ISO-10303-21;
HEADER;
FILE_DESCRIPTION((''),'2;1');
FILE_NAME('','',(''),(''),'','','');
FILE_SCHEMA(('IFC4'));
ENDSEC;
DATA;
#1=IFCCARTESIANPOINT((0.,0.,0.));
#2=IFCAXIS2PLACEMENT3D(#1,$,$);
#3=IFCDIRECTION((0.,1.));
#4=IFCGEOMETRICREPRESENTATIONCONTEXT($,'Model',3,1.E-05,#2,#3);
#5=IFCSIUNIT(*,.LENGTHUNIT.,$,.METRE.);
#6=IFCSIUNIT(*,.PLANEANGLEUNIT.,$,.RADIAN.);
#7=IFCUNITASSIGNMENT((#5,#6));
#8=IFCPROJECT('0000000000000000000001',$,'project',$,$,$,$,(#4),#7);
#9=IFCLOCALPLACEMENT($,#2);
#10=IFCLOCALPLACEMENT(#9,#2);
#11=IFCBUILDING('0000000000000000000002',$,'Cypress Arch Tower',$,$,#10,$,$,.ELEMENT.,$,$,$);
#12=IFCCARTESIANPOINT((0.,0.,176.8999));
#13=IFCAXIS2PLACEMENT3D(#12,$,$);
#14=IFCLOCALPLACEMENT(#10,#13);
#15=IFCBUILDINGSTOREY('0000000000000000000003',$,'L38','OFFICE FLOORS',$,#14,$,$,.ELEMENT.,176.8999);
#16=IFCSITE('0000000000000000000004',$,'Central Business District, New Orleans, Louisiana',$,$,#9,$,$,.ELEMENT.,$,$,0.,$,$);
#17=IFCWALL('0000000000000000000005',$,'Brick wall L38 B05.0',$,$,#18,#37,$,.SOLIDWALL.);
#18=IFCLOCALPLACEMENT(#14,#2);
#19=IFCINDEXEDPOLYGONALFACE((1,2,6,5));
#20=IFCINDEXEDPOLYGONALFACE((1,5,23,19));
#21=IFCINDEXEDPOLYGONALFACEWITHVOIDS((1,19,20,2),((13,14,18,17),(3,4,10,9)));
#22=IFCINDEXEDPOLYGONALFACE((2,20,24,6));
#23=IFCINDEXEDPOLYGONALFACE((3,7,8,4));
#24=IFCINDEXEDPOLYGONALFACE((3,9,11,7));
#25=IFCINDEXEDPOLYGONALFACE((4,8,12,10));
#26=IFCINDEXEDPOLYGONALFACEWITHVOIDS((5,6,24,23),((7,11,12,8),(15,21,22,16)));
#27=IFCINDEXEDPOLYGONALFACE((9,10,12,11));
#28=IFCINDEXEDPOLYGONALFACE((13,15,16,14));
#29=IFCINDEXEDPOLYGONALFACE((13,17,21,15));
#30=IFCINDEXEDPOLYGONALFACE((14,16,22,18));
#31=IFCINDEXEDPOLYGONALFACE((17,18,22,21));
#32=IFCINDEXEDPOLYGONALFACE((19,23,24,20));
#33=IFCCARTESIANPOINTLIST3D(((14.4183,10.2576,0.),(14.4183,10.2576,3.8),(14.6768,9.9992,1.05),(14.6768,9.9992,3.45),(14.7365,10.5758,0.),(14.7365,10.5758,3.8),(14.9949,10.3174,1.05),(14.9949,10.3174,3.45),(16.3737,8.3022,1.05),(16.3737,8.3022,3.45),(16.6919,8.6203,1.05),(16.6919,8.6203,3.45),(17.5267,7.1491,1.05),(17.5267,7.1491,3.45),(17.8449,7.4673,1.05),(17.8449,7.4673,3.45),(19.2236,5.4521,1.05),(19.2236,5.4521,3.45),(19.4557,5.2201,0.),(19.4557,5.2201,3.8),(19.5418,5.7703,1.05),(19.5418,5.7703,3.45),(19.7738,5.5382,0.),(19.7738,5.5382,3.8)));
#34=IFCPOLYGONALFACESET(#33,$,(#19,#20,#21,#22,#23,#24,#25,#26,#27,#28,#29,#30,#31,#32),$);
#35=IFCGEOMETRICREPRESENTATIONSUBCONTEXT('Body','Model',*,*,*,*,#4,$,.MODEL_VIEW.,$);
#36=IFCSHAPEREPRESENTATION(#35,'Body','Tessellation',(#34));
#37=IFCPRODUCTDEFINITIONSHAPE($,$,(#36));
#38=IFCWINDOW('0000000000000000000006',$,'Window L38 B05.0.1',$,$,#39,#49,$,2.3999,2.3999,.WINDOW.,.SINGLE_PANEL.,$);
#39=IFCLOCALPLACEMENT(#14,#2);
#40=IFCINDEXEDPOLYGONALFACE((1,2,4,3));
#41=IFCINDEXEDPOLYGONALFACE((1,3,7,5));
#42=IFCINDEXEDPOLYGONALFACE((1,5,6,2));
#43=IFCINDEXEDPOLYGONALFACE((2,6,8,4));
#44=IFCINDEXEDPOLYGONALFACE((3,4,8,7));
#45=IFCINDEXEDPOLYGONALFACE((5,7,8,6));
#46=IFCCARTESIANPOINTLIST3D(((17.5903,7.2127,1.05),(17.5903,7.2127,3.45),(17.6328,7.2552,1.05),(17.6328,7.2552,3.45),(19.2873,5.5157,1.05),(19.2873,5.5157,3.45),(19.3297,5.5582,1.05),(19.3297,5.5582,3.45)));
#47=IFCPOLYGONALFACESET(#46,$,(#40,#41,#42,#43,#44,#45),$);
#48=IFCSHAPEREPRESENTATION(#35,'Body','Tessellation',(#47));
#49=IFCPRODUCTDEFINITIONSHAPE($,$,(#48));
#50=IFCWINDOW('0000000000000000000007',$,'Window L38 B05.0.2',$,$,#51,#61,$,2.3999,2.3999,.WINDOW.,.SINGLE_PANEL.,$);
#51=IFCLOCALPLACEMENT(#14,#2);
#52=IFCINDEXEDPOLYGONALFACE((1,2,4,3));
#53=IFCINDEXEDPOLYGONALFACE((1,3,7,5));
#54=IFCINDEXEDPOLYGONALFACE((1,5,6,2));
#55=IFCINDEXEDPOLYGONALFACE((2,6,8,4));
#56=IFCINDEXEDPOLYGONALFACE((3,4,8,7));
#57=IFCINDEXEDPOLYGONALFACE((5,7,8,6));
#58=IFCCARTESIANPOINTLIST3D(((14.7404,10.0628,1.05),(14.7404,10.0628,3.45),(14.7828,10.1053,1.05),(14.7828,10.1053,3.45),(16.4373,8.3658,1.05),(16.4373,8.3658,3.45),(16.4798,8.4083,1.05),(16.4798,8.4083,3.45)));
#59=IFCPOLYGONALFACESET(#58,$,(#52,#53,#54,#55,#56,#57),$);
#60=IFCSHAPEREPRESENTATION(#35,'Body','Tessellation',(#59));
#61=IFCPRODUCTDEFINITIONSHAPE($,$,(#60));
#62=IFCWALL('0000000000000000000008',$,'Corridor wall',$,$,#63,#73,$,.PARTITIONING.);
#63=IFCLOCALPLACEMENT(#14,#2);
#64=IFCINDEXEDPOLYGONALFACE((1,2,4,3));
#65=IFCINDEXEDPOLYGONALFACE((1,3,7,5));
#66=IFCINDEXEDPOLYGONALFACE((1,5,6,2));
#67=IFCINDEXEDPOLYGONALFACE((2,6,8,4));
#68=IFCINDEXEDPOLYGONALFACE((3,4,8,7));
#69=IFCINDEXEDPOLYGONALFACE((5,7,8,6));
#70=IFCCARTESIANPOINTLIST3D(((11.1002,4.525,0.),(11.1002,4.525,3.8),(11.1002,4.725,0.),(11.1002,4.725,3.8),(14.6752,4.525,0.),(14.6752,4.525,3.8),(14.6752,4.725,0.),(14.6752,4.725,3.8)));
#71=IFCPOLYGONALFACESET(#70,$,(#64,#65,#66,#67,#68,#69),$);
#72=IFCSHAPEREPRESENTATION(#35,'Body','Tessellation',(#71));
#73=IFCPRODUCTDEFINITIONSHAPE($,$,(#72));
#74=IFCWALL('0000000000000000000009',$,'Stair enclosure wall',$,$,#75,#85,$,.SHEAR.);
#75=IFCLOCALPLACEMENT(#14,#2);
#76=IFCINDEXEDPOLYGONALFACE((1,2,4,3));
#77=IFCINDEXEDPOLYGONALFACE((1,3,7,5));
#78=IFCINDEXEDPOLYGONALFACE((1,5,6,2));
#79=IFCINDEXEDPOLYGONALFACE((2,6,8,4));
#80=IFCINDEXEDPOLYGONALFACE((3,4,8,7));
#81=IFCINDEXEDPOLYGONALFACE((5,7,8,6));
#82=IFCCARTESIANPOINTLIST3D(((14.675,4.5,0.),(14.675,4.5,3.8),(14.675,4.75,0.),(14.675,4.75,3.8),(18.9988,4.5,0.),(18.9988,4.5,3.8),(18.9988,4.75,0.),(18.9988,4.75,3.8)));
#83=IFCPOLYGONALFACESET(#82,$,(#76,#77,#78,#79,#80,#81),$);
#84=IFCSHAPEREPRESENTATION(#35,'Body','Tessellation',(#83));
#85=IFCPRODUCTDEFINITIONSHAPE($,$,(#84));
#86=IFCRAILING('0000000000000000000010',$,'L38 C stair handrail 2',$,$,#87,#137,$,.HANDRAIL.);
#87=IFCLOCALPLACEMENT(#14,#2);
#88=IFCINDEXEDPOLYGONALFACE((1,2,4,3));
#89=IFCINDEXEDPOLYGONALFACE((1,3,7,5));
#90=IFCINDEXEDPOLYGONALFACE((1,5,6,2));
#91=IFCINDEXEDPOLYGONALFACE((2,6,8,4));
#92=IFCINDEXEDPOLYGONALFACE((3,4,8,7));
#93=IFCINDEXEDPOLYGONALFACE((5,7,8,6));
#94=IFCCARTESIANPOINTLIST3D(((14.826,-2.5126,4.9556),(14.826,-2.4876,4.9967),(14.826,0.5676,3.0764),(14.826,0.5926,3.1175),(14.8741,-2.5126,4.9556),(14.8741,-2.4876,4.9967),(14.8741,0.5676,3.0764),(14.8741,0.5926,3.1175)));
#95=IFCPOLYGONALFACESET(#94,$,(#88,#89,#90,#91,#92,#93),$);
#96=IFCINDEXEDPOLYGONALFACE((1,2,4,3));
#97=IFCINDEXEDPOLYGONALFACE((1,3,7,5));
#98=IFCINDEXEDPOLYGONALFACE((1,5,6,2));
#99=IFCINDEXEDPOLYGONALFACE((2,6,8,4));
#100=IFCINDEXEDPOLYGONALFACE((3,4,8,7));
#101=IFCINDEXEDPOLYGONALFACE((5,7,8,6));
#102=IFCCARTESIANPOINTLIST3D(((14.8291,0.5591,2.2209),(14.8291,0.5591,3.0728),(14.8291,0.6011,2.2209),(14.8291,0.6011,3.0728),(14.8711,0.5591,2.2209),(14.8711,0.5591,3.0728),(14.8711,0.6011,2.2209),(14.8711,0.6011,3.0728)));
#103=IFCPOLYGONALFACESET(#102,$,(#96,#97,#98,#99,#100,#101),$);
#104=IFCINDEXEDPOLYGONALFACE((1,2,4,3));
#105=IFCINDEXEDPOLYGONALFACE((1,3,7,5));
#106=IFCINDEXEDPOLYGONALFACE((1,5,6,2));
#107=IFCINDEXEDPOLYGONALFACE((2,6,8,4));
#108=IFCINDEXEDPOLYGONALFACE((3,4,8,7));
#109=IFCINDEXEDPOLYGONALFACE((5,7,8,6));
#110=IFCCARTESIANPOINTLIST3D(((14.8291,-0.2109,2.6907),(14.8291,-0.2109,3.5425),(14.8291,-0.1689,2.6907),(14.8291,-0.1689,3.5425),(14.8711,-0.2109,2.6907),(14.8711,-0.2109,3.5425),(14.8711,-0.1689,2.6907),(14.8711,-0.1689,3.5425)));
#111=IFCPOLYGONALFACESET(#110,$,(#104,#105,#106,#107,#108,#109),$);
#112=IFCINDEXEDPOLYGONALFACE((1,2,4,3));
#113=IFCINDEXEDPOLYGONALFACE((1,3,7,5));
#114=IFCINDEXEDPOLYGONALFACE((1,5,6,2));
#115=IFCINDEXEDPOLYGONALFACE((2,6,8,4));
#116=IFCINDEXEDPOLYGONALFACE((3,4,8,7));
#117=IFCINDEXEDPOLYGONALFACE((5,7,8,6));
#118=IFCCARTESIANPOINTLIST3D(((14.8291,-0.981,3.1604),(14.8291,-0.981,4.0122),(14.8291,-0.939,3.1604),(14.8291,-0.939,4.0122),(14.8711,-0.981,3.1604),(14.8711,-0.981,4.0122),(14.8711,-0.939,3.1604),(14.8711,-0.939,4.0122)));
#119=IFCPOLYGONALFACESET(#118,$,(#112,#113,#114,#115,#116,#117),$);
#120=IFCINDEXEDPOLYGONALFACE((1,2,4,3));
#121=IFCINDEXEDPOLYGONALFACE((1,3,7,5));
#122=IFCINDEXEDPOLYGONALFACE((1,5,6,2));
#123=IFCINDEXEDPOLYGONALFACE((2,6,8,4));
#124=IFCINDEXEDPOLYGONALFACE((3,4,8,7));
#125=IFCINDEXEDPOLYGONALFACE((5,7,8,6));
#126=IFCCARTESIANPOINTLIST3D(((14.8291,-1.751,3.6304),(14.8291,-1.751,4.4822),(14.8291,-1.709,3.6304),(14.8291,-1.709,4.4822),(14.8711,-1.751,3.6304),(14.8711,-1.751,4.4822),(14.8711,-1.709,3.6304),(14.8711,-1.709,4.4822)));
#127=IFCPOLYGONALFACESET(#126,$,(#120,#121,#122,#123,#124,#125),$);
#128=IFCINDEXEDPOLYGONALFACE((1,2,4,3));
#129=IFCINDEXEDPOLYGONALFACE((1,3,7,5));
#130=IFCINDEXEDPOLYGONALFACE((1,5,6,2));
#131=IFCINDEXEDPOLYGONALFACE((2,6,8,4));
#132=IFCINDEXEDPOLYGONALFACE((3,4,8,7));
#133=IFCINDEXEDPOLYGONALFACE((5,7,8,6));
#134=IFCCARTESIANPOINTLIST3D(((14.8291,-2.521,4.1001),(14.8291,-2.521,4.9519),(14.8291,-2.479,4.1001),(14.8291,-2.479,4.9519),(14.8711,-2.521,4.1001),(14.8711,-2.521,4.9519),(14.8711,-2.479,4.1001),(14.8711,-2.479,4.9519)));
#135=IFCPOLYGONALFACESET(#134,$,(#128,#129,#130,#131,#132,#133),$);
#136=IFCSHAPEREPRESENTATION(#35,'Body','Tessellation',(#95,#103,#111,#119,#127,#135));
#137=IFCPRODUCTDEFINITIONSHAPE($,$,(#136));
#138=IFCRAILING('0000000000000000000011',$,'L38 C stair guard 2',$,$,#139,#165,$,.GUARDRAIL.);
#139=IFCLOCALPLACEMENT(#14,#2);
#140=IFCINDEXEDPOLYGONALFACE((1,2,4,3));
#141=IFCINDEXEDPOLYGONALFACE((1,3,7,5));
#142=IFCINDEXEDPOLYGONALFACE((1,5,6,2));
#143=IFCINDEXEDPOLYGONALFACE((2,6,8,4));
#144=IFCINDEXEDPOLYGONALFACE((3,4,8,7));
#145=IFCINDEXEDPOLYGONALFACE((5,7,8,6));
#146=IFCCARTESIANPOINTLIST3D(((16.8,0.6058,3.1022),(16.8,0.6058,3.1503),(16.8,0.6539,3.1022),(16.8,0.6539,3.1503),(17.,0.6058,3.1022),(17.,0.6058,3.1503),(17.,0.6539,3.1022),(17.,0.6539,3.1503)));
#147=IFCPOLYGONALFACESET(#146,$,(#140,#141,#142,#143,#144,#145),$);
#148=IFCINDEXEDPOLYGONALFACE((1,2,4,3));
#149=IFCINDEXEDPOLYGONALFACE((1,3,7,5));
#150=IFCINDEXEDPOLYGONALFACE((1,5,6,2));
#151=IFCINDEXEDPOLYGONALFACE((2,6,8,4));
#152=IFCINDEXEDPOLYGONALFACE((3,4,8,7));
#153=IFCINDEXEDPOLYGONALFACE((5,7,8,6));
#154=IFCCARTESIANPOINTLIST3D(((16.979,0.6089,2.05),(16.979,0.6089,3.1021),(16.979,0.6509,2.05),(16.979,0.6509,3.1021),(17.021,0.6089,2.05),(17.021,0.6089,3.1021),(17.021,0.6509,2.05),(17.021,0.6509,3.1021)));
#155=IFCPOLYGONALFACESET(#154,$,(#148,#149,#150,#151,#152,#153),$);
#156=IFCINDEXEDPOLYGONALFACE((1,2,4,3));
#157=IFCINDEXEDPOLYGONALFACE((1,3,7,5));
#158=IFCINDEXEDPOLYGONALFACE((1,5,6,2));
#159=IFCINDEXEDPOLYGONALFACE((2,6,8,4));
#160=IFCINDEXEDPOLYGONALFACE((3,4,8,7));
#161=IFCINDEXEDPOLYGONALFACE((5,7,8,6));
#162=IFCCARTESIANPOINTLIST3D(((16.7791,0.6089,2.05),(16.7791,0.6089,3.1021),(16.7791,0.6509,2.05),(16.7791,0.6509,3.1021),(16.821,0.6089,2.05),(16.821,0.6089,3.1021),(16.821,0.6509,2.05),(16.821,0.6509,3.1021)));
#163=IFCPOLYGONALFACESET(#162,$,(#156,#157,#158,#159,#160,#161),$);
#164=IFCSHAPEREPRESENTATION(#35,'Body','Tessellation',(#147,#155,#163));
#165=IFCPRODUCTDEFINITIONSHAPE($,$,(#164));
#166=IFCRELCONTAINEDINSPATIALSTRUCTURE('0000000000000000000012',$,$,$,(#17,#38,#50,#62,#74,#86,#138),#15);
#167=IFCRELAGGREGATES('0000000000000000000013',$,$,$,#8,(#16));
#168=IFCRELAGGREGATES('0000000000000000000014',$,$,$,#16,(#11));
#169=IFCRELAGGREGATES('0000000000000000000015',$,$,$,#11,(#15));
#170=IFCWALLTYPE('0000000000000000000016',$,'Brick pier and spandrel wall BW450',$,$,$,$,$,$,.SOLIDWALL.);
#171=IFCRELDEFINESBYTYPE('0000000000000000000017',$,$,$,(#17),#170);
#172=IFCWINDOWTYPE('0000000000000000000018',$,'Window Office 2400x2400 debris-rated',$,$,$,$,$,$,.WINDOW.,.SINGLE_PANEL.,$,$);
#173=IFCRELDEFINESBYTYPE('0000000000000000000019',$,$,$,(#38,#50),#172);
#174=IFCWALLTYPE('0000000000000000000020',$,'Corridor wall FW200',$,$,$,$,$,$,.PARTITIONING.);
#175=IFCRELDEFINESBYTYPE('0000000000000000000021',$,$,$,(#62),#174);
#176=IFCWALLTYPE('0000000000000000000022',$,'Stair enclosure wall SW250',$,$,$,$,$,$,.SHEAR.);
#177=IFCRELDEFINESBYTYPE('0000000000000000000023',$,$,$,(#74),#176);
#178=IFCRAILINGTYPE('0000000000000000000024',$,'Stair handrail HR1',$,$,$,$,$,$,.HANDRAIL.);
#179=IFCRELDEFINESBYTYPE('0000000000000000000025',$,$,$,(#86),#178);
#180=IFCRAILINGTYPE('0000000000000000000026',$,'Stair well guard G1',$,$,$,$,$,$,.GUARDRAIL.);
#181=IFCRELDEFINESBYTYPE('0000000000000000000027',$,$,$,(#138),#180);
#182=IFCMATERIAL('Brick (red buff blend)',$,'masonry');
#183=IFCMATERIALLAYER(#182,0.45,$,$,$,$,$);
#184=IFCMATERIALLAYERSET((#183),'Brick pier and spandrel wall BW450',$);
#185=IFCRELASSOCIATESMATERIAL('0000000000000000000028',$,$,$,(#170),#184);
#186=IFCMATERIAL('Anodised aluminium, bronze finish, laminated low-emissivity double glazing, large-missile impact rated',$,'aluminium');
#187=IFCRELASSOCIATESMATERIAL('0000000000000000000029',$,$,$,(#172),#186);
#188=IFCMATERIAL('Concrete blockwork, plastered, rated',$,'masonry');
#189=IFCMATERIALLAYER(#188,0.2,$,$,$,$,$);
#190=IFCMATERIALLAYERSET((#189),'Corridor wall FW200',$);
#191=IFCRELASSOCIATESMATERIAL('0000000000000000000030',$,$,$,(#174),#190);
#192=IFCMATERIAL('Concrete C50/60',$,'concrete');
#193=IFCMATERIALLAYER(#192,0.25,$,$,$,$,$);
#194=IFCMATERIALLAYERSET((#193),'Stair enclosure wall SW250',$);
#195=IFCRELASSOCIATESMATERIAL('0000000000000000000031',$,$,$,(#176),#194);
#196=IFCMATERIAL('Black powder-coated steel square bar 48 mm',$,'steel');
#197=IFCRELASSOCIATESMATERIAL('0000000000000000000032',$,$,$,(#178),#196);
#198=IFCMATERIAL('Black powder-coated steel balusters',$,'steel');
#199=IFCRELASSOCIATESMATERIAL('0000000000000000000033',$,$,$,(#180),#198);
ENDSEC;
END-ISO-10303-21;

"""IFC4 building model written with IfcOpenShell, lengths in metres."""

from ifc_helpers import new_model, si_unit, direction, frame, frame_2d, origin, origin_2d, place, context, subcontext, project, spatial, rectangle, extrude, material, layer, layer_set, type_object, element, fill, save


model = new_model("IFC4")

# Units and contexts
model_context = context("Model", 3, precision=1e-05, world=origin(), true_north=direction((0.0, 1.0)))
body_context = subcontext(model_context, "Body", "Model", "MODEL_VIEW")
ifc_project = project(units=[si_unit("LENGTHUNIT", "METRE"), si_unit("PLANEANGLEUNIT", "RADIAN")], contexts=[model_context])

# Site, building, storey
site_placement = place(None, origin())
site = spatial("IfcSite", under=ifc_project, at=site_placement, Name="Central Business District, New Orleans, Louisiana", CompositionType="ELEMENT", RefElevation=0.0)
building_placement = place(site_placement, origin())
building = spatial("IfcBuilding", under=site, at=building_placement, Name="Cypress Arch Tower", CompositionType="ELEMENT")
storey_placement = place(building_placement, frame((0.0, 0.0, 176.8999)))
storey = spatial("IfcBuildingStorey", under=building, at=storey_placement, Name="L38", Description="OFFICE FLOORS", CompositionType="ELEMENT", Elevation=176.8999)

# Wall, openings, windows
ifc_material_1 = material(Name="Brick (red buff blend)", Category="masonry")
ifc_layer_1 = layer(ifc_material_1, 0.45)
ifc_layer_set_1 = layer_set([ifc_layer_1], Name="Brick pier and spandrel wall BW450")
wall_type_1 = type_object("IfcWallType", Name="Brick pier and spandrel wall BW450", PredefinedType="SOLIDWALL", material=ifc_layer_set_1)
wall_1_placement = place(storey_placement, frame((19.6147, 5.3792, 0.0), z_axis=(0.0, 0.0, 1.0), x_axis=(-0.70709, 0.707124, 0.0)))
wall_1 = element("IfcWall", 1, at=wall_1_placement, inside=storey, type_object=wall_type_1, Name="Brick wall L38 B05.0", PredefinedType="SOLIDWALL", context=body_context, shape_type="SweptSolid", body=[
    extrude(rectangle(XDim=7.124, YDim=0.45, at=frame_2d((3.562, 0.0))), origin(), (0.0, 0.0, 1.0), 3.8),
])
opening_1_placement = place(wall_1_placement, frame((0.3281, 0.0, 1.05)))
opening_1 = element("IfcOpeningElement", 2, at=opening_1_placement, cuts=wall_1, PredefinedType="OPENING", context=body_context, shape_type="SweptSolid", body=[
    extrude(rectangle(XDim=2.3999, YDim=2.3999, at=frame_2d((1.2, 1.2))), frame((0.0, 0.2349, 0.0), z_axis=(0.0, -1.0, 0.0), x_axis=(1.0, 0.0, 0.0)), (0.0, 0.0, 1.0), 0.47),
])
opening_2_placement = place(wall_1_placement, frame((4.3586, 0.0, 1.05)))
opening_2 = element("IfcOpeningElement", 3, at=opening_2_placement, cuts=wall_1, PredefinedType="OPENING", context=body_context, shape_type="SweptSolid", body=[
    extrude(rectangle(XDim=2.3999, YDim=2.3999, at=frame_2d((1.2, 1.2))), frame((0.0, 0.2349, 0.0), z_axis=(0.0, -1.0, 0.0), x_axis=(1.0, 0.0, 0.0)), (0.0, 0.0, 1.0), 0.47),
])
ifc_material_2 = material(Name="Anodised aluminium, bronze finish, laminated low-emissivity double glazing, large-missile impact rated", Category="aluminium")
window_type = type_object("IfcWindowType", Name="Window Office 2400x2400 debris-rated", PartitioningType="SINGLE_PANEL", PredefinedType="WINDOW", material=ifc_material_2)
window_1_placement = place(opening_1_placement, origin())
window_1 = element("IfcWindow", 4, at=window_1_placement, inside=storey, type_object=window_type, Name="Window L38 B05.0.1", OverallHeight=2.3999, OverallWidth=2.3999, PartitioningType="SINGLE_PANEL", PredefinedType="WINDOW", context=body_context, shape_type="SweptSolid", body=[
    extrude(rectangle(XDim=2.3999, YDim=2.3999, at=frame_2d((1.2, 1.2))), frame((0.0, 0.135, 0.0), z_axis=(0.0, -1.0, 0.0), x_axis=(1.0, 0.0, 0.0)), (0.0, 0.0, 1.0), 0.0601),
])
fill(opening_1, window_1)
window_2_placement = place(opening_2_placement, origin())
window_2 = element("IfcWindow", 5, at=window_2_placement, inside=storey, type_object=window_type, Name="Window L38 B05.0.2", OverallHeight=2.3999, OverallWidth=2.3999, PartitioningType="SINGLE_PANEL", PredefinedType="WINDOW", context=body_context, shape_type="SweptSolid", body=[
    extrude(rectangle(XDim=2.3999, YDim=2.3999, at=frame_2d((1.2, 1.2))), frame((0.0, 0.135, 0.0), z_axis=(0.0, -1.0, 0.0), x_axis=(1.0, 0.0, 0.0)), (0.0, 0.0, 1.0), 0.0601),
])
fill(opening_2, window_2)

# Walls
ifc_material_3 = material(Name="Concrete blockwork, plastered, rated", Category="masonry")
ifc_layer_2 = layer(ifc_material_3, 0.2)
ifc_layer_set_2 = layer_set([ifc_layer_2], Name="Corridor wall FW200")
wall_type_2 = type_object("IfcWallType", Name="Corridor wall FW200", PredefinedType="PARTITIONING", material=ifc_layer_set_2)
wall_2_placement = place(storey_placement, frame((11.1001, 4.625, 0.0), z_axis=(0.0, 0.0, 1.0), x_axis=(1.0, 0.0, 0.0)))
element("IfcWall", 6, at=wall_2_placement, inside=storey, type_object=wall_type_2, Name="Corridor wall", PredefinedType="PARTITIONING", context=body_context, shape_type="SweptSolid", body=[
    extrude(rectangle(XDim=3.575, YDim=0.2, at=frame_2d((1.7876, 0.0))), origin(), (0.0, 0.0, 1.0), 3.8),
])
ifc_material_4 = material(Name="Concrete C50/60", Category="concrete")
ifc_layer_3 = layer(ifc_material_4, 0.25)
ifc_layer_set_3 = layer_set([ifc_layer_3], Name="Stair enclosure wall SW250")
wall_type_3 = type_object("IfcWallType", Name="Stair enclosure wall SW250", PredefinedType="SHEAR", material=ifc_layer_set_3)
wall_3_placement = place(storey_placement, frame((14.675, 4.625, 0.0), z_axis=(0.0, 0.0, 1.0), x_axis=(1.0, 0.0, 0.0)))
element("IfcWall", 7, at=wall_3_placement, inside=storey, type_object=wall_type_3, Name="Stair enclosure wall", PredefinedType="SHEAR", context=body_context, shape_type="SweptSolid", body=[
    extrude(rectangle(XDim=4.3237, YDim=0.25, at=frame_2d((2.1619, 0.0))), origin(), (0.0, 0.0, 1.0), 3.8),
])

# Railings
ifc_material_5 = material(Name="Black powder-coated steel square bar 48 mm", Category="steel")
railing_type_1 = type_object("IfcRailingType", Name="Stair handrail HR1", PredefinedType="HANDRAIL", material=ifc_material_5)
railing_1_placement = place(storey_placement, frame((14.8501, 0.5801, 2.2209)))
element("IfcRailing", 8, at=railing_1_placement, inside=storey, type_object=railing_type_1, Name="L38 C stair handrail 2", PredefinedType="HANDRAIL", context=body_context, shape_type="SweptSolid", body=[
    extrude(rectangle(XDim=0.0481, YDim=0.0481, at=origin_2d()), frame((0.0, 0.0, 0.876), z_axis=(0.0, -0.853666, 0.52082), x_axis=(1.0, 0.0, 0.0)), (0.0, 0.0, 1.0), 3.6082),
    extrude(rectangle(XDim=0.042, YDim=0.042, at=origin_2d()), origin(), (0.0, 0.0, 1.0), 0.8518),
    extrude(rectangle(XDim=0.042, YDim=0.042, at=origin_2d()), frame((0.0, -0.77, 0.4697)), (0.0, 0.0, 1.0), 0.8518),
    extrude(rectangle(XDim=0.042, YDim=0.042, at=origin_2d()), frame((0.0, -1.54, 0.9395)), (0.0, 0.0, 1.0), 0.8518),
    extrude(rectangle(XDim=0.042, YDim=0.042, at=origin_2d()), frame((0.0, -2.3101, 1.4094)), (0.0, 0.0, 1.0), 0.8518),
    extrude(rectangle(XDim=0.042, YDim=0.042, at=origin_2d()), frame((0.0, -3.0801, 1.8792)), (0.0, 0.0, 1.0), 0.8518),
])
ifc_material_6 = material(Name="Black powder-coated steel balusters", Category="steel")
railing_type_2 = type_object("IfcRailingType", Name="Stair well guard G1", PredefinedType="GUARDRAIL", material=ifc_material_6)
railing_2_placement = place(storey_placement, frame((17.0, 0.6299, 2.05)))
element("IfcRailing", 9, at=railing_2_placement, inside=storey, type_object=railing_type_2, Name="L38 C stair guard 2", PredefinedType="GUARDRAIL", context=body_context, shape_type="SweptSolid", body=[
    extrude(rectangle(XDim=0.0481, YDim=0.0481, at=origin_2d()), frame((0.0, 0.0, 1.0762), z_axis=(-1.0, 0.0, 0.0), x_axis=(0.0, -1.0, 0.0)), (0.0, 0.0, 1.0), 0.2),
    extrude(rectangle(XDim=0.042, YDim=0.042, at=origin_2d()), origin(), (0.0, 0.0, 1.0), 1.052),
    extrude(rectangle(XDim=0.042, YDim=0.042, at=origin_2d()), frame((-0.2, 0.0, 0.0)), (0.0, 0.0, 1.0), 1.052),
])

save(model, "model.ifc")
